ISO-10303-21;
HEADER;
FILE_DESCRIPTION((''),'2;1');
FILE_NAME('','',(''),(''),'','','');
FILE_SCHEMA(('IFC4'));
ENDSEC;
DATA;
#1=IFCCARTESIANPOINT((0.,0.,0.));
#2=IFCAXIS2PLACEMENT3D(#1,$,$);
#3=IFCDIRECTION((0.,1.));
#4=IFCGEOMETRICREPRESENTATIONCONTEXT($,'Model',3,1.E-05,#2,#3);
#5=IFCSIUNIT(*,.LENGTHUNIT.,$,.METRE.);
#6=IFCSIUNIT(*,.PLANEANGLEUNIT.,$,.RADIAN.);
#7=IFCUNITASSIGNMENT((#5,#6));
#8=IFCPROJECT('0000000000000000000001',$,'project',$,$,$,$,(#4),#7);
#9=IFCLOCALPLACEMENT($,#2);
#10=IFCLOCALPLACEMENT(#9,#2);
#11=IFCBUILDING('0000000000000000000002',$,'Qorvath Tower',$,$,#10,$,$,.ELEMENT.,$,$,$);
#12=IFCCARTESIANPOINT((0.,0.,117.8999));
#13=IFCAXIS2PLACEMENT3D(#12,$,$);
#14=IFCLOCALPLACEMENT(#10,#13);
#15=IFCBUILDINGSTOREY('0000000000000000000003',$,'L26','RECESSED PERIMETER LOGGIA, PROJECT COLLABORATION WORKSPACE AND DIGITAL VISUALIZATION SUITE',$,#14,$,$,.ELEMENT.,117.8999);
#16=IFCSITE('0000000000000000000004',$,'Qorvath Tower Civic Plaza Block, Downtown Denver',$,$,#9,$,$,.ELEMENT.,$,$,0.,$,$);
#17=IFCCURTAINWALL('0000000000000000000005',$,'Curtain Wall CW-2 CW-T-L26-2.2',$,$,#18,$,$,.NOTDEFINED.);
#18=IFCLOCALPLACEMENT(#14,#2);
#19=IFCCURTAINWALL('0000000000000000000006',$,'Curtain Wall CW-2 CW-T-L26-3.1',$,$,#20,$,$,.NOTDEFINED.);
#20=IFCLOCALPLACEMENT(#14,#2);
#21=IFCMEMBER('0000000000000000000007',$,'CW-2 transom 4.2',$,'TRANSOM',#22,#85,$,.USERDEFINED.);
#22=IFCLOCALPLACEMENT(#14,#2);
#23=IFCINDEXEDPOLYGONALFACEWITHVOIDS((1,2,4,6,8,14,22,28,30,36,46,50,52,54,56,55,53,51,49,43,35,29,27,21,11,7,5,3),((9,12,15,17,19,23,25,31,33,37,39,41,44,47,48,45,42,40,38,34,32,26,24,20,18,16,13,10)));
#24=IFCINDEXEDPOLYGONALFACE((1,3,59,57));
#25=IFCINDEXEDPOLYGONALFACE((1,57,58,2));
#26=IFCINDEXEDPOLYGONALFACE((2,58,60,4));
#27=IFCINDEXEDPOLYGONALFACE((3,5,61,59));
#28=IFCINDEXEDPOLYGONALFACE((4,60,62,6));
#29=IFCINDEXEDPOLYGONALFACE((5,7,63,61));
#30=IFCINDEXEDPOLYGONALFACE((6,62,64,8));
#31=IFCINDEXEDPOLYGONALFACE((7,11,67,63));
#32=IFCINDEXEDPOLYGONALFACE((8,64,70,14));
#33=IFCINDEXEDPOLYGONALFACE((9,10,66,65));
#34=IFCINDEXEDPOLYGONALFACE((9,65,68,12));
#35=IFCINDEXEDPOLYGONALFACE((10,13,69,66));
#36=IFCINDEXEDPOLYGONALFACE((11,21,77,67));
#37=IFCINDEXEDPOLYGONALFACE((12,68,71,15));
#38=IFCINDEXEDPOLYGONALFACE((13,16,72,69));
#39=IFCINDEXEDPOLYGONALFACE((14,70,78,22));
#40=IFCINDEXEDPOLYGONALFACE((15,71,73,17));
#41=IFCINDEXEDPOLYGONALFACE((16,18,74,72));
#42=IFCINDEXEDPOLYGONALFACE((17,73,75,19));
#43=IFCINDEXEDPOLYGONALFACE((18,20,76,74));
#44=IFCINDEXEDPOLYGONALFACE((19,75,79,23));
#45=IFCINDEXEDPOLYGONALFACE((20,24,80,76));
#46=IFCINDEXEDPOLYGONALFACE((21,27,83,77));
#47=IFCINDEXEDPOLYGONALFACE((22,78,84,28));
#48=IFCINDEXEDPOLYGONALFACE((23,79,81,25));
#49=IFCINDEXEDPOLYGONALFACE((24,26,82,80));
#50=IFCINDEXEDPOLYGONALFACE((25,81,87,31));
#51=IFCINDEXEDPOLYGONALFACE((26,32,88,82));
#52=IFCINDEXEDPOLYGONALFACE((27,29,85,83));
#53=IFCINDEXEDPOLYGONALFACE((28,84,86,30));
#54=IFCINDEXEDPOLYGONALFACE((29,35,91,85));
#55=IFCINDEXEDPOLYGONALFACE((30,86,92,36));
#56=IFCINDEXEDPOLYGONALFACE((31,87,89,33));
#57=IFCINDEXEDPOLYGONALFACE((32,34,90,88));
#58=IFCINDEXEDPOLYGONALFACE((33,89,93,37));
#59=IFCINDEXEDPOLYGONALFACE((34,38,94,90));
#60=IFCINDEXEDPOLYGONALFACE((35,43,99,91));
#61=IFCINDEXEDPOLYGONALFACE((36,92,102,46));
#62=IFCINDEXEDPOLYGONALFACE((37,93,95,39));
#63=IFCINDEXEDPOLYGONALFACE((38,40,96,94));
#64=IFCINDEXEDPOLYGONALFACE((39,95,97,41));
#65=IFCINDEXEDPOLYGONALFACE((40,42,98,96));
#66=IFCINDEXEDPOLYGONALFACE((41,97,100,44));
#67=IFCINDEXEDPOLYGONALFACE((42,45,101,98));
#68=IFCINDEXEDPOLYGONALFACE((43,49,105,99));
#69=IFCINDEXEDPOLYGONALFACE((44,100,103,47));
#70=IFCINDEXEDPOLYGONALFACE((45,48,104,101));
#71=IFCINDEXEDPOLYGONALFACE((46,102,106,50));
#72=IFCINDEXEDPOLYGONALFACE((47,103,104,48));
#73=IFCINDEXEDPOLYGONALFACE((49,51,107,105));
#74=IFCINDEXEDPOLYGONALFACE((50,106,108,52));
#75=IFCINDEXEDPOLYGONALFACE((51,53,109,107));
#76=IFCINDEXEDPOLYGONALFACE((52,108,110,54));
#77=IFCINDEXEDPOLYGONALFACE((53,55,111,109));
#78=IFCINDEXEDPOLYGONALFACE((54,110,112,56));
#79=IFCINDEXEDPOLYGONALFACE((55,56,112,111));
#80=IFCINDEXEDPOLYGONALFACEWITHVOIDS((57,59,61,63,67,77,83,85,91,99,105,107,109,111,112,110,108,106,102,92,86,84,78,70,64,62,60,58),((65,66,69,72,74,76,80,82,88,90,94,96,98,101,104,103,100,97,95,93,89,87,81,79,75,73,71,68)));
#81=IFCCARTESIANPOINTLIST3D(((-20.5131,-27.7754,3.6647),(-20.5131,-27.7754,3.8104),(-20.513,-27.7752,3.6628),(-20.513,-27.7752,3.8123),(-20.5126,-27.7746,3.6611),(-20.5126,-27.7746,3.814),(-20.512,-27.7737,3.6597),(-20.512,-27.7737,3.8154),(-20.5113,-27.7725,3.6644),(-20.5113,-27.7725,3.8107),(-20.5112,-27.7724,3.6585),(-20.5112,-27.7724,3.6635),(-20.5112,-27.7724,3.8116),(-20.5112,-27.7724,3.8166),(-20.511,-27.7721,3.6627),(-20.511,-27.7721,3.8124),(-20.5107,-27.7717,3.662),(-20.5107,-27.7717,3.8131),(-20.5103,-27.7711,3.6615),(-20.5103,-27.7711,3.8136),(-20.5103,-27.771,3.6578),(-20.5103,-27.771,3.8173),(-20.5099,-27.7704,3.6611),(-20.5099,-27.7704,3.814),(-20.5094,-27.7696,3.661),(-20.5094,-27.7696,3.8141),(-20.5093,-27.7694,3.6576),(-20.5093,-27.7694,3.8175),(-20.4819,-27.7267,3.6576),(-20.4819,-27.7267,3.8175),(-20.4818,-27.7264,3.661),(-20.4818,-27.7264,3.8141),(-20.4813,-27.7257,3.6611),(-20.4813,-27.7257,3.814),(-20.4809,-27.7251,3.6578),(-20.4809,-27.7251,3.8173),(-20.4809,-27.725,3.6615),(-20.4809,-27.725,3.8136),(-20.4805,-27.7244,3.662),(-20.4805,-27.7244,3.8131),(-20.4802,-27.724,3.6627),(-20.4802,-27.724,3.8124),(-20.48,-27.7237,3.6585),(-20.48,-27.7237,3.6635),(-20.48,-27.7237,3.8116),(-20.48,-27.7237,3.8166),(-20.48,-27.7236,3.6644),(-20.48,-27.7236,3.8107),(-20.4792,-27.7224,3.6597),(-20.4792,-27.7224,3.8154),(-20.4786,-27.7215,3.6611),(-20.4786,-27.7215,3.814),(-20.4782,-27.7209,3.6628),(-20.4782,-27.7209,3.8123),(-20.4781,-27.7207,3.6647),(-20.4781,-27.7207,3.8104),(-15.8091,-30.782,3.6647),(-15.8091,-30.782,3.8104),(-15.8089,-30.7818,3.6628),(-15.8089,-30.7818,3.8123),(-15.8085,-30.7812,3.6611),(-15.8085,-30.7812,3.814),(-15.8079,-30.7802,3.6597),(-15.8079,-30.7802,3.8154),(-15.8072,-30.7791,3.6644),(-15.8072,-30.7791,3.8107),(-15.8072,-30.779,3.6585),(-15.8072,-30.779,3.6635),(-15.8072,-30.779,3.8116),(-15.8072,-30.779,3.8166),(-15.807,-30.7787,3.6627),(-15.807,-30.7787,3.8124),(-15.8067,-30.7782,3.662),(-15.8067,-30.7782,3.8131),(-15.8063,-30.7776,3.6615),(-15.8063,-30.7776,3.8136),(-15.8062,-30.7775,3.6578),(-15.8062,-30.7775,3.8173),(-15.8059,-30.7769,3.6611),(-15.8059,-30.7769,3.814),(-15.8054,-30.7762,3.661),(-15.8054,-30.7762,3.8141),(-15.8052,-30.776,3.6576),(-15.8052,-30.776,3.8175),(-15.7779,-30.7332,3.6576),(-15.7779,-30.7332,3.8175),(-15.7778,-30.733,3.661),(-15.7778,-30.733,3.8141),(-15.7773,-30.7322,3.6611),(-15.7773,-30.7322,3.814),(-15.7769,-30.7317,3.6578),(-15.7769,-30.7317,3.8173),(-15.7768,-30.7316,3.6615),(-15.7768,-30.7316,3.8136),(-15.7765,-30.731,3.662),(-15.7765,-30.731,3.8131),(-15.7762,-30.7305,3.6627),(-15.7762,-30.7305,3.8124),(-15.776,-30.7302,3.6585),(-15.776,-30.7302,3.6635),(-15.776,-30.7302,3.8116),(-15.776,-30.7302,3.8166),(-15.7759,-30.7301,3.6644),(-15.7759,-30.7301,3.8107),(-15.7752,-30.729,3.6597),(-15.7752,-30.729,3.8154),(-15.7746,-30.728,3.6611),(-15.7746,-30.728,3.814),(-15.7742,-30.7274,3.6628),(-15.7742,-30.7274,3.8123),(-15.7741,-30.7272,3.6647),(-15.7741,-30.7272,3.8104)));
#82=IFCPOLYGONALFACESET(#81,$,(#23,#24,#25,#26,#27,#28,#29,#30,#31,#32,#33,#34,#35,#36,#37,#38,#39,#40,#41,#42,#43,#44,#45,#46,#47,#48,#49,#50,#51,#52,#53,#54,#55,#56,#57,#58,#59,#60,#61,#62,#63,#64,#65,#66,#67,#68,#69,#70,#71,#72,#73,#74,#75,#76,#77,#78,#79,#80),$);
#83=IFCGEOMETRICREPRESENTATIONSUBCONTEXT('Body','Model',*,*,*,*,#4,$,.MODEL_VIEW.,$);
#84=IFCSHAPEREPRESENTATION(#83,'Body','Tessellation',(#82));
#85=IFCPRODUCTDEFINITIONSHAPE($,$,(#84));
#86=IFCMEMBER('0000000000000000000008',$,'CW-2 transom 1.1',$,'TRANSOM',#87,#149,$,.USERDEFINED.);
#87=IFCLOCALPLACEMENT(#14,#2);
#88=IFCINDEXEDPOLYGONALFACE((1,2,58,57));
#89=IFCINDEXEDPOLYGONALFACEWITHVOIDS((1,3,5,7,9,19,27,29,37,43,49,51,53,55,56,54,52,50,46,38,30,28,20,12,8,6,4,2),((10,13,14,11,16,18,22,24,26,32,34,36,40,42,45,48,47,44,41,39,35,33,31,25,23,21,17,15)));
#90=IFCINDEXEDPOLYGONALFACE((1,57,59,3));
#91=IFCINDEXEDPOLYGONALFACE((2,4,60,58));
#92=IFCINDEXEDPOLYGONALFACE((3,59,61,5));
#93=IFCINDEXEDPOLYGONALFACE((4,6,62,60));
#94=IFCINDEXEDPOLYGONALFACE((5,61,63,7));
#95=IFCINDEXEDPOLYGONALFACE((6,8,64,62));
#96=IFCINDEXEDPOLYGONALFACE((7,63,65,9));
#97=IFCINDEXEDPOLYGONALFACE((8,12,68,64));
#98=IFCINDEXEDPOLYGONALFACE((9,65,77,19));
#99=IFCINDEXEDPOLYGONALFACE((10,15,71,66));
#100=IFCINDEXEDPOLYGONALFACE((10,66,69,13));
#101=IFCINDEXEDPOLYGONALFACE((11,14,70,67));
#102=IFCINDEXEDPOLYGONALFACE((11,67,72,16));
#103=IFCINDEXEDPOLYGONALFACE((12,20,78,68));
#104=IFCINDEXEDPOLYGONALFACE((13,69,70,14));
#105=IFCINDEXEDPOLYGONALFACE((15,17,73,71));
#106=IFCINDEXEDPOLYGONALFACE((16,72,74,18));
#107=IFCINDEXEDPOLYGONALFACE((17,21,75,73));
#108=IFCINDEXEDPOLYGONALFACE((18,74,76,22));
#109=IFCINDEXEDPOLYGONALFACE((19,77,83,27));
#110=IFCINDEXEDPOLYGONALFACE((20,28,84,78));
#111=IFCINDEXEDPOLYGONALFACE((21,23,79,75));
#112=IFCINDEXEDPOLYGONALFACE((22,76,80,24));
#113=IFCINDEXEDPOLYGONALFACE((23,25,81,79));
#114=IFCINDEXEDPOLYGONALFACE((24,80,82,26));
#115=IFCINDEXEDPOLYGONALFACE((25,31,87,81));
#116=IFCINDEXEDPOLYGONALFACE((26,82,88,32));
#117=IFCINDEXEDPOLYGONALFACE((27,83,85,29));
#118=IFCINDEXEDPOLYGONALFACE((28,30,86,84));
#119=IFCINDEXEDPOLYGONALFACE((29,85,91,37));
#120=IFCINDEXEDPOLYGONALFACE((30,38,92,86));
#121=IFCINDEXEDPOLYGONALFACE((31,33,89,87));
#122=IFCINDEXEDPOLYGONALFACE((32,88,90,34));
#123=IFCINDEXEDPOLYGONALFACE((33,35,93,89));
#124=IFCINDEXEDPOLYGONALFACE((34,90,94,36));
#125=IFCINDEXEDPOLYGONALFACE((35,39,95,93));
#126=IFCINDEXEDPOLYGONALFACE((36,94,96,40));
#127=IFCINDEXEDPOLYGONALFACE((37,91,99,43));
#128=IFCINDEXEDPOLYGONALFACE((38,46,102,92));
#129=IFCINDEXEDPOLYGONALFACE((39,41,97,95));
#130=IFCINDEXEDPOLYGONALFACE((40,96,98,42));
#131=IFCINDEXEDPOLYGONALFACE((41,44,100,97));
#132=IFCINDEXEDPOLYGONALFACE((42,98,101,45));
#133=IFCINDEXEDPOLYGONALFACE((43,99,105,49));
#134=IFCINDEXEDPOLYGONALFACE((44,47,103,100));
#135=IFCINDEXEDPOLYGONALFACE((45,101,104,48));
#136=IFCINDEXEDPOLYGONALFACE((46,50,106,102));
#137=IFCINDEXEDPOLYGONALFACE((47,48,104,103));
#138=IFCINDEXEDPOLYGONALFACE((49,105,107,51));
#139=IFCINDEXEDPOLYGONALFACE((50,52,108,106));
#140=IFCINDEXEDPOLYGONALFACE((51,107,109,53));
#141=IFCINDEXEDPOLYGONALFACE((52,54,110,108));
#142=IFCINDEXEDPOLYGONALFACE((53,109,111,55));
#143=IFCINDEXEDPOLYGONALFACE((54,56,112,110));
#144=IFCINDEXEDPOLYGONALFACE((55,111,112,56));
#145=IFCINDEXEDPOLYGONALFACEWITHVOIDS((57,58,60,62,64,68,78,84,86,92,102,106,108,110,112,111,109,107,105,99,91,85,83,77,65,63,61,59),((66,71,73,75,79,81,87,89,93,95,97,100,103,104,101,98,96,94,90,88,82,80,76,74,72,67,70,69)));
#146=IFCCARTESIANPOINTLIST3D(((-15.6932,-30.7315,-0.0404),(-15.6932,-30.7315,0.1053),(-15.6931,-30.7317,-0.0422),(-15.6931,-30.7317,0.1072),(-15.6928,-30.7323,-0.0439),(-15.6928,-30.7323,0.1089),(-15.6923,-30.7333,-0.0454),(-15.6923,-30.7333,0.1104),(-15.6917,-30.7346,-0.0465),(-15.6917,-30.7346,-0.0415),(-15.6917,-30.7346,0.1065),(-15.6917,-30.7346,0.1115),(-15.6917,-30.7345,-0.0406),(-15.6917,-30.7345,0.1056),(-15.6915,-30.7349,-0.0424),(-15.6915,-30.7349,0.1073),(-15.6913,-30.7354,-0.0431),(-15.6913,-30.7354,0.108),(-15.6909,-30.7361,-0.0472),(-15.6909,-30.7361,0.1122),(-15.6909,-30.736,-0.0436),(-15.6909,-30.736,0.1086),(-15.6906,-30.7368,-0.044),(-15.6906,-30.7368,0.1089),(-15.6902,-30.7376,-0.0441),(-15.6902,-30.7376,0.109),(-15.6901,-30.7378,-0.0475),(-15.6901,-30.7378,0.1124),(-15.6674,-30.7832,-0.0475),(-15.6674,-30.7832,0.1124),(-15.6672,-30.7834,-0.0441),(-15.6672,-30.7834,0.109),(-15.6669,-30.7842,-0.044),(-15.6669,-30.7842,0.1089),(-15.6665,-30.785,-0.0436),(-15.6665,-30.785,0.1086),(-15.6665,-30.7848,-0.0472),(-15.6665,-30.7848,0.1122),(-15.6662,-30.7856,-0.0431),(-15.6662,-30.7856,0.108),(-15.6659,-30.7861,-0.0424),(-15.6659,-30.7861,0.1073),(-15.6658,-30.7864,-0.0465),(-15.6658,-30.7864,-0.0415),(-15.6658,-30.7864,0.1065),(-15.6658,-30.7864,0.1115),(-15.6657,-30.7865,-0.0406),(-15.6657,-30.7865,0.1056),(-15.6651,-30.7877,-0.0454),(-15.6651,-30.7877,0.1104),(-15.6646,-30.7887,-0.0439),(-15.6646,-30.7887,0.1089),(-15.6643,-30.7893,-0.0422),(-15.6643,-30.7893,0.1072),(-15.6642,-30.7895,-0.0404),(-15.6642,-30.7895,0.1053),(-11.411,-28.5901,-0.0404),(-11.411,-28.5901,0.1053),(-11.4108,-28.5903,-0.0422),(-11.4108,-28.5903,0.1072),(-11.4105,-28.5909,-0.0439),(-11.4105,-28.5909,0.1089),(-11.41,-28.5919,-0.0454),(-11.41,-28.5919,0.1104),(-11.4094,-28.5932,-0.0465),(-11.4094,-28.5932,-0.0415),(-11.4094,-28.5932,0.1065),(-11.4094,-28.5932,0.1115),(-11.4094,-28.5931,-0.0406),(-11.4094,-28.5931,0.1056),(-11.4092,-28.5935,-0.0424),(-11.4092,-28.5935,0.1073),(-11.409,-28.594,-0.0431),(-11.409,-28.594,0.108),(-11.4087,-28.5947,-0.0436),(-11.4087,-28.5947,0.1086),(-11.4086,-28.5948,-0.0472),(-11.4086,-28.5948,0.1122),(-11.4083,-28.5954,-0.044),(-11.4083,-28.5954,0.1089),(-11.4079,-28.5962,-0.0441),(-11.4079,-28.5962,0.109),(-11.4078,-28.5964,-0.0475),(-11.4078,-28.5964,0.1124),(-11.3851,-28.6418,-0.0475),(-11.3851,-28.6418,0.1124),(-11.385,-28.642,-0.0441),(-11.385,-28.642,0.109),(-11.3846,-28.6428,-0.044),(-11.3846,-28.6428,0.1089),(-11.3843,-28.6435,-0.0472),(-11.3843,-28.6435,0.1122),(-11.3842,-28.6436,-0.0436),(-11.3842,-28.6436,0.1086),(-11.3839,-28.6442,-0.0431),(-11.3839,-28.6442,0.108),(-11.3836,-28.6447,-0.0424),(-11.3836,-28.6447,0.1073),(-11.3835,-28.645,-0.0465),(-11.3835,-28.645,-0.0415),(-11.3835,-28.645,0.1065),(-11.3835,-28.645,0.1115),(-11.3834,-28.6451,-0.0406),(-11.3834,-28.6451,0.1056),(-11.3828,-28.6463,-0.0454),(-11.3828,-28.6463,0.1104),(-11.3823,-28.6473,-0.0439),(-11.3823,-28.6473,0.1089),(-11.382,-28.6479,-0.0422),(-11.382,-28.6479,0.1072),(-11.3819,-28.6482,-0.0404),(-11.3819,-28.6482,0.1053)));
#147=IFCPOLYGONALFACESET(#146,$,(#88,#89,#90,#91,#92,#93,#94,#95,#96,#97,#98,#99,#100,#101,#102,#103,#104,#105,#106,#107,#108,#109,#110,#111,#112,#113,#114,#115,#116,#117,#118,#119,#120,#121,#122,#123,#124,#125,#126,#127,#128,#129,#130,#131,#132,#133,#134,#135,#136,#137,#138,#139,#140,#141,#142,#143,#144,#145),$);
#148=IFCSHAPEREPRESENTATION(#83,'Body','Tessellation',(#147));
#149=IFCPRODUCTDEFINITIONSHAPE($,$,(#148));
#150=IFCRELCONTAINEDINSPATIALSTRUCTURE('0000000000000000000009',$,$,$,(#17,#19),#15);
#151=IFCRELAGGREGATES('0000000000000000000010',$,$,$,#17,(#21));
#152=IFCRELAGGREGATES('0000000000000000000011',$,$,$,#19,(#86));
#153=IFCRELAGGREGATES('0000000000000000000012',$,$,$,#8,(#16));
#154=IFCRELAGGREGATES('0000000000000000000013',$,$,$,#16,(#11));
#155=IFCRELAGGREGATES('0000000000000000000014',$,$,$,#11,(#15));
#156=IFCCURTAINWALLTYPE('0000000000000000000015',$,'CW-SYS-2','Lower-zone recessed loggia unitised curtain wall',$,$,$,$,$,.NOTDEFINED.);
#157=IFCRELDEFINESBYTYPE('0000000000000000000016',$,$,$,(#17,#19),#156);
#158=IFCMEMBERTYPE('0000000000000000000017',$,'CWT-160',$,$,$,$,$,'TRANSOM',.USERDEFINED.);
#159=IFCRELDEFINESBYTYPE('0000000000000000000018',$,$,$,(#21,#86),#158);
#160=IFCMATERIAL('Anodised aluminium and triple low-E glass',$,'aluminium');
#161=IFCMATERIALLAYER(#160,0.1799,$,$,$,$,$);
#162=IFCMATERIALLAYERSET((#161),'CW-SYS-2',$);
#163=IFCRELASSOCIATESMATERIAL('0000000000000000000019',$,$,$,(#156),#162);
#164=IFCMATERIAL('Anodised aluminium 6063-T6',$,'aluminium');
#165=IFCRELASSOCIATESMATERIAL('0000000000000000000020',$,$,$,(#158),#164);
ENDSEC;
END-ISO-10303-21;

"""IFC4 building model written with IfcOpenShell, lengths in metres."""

from ifc_helpers import new_model, si_unit, direction, frame, origin, origin_2d, place, context, subcontext, project, spatial, hollow_rectangle, extrude, material, layer, layer_set, material_profile, profile_set, type_object, element, aggregate, save


model = new_model("IFC4")

# Units and contexts
model_context = context("Model", 3, precision=1e-05, world=origin(), true_north=direction((0.0, 1.0)))
body_context = subcontext(model_context, "Body", "Model", "MODEL_VIEW")
ifc_project = project(units=[si_unit("LENGTHUNIT", "METRE"), si_unit("PLANEANGLEUNIT", "RADIAN")], contexts=[model_context])

# Site, building, storey
site_placement = place(None, origin())
site = spatial("IfcSite", under=ifc_project, at=site_placement, Name="Qorvath Tower Civic Plaza Block, Downtown Denver", CompositionType="ELEMENT", RefElevation=0.0)
building_placement = place(site_placement, origin())
building = spatial("IfcBuilding", under=site, at=building_placement, Name="Qorvath Tower", CompositionType="ELEMENT")
storey_placement = place(building_placement, frame((0.0, 0.0, 117.8999)))
storey = spatial("IfcBuildingStorey", under=building, at=storey_placement, Name="L26", Description="RECESSED PERIMETER LOGGIA, PROJECT COLLABORATION WORKSPACE AND DIGITAL VISUALIZATION SUITE", CompositionType="ELEMENT", Elevation=117.8999)

# Curtain walls
ifc_material_1 = material(Name="Anodised aluminium and triple low-E glass", Category="aluminium")
ifc_layer_1 = layer(ifc_material_1, 0.1799)
ifc_layer_set_1 = layer_set([ifc_layer_1], Name="CW-SYS-2")
curtain_wall_type = type_object("IfcCurtainWallType", Name="CW-SYS-2", Description="Lower-zone recessed loggia unitised curtain wall", PredefinedType="NOTDEFINED", material=ifc_layer_set_1)
curtain_wall_1_placement = place(storey_placement, origin())
curtain_wall_1 = element("IfcCurtainWall", 1, at=curtain_wall_1_placement, inside=storey, type_object=curtain_wall_type, Name="Curtain Wall CW-2 CW-T-L26-2.2", PredefinedType="NOTDEFINED")
curtain_wall_2_placement = place(storey_placement, origin())
curtain_wall_2 = element("IfcCurtainWall", 2, at=curtain_wall_2_placement, inside=storey, type_object=curtain_wall_type, Name="Curtain Wall CW-2 CW-T-L26-3.1", PredefinedType="NOTDEFINED")

# Members
ifc_material_2 = material(Name="Anodised aluminium 6063-T6", Category="aluminium")
ifc_material_profile_1 = material_profile(ifc_material_2, hollow_rectangle(XDim=0.0649, YDim=0.1599, WallThickness=0.0034, InnerFilletRadius=0.0034, OuterFilletRadius=0.0071, at=origin_2d()), Name="CWT 160x65")
ifc_profile_set_1 = profile_set([ifc_material_profile_1], Name="Anodised aluminium 6063-T6")
member_type_1 = type_object("IfcMemberType", Name="CWT-160", ElementType="TRANSOM", PredefinedType="USERDEFINED", material=ifc_profile_set_1)
member_1_placement = place(storey_placement, frame((-20.4956, -27.748, 3.7375), z_axis=(0.842599, -0.538541, 0.0), x_axis=(0.538541, 0.842599, 0.0)))
member_1 = element("IfcMember", 3, at=member_1_placement, type_object=member_type_1, Name="CW-2 transom 4.2", ObjectType="TRANSOM", PredefinedType="USERDEFINED", context=body_context, shape_type="SweptSolid", body=[
    extrude(hollow_rectangle(XDim=0.0649, YDim=0.1599, WallThickness=0.0034, InnerFilletRadius=0.0034, OuterFilletRadius=0.0071, at=origin_2d()), origin(), (0.0, 0.0, 1.0), 5.5828),
])
member_2_placement = place(storey_placement, frame((-15.6787, -30.7605, 0.0325), z_axis=(0.894407, 0.447254, 0.0), x_axis=(-0.447254, 0.894407, 0.0)))
member_2 = element("IfcMember", 4, at=member_2_placement, type_object=member_type_1, Name="CW-2 transom 1.1", ObjectType="TRANSOM", PredefinedType="USERDEFINED", context=body_context, shape_type="SweptSolid", body=[
    extrude(hollow_rectangle(XDim=0.0649, YDim=0.1599, WallThickness=0.0034, InnerFilletRadius=0.0034, OuterFilletRadius=0.0071, at=origin_2d()), origin(), (0.0, 0.0, 1.0), 4.7878),
])

aggregate(curtain_wall_1, [member_1])
aggregate(curtain_wall_2, [member_2])

save(model, "model.ifc")
